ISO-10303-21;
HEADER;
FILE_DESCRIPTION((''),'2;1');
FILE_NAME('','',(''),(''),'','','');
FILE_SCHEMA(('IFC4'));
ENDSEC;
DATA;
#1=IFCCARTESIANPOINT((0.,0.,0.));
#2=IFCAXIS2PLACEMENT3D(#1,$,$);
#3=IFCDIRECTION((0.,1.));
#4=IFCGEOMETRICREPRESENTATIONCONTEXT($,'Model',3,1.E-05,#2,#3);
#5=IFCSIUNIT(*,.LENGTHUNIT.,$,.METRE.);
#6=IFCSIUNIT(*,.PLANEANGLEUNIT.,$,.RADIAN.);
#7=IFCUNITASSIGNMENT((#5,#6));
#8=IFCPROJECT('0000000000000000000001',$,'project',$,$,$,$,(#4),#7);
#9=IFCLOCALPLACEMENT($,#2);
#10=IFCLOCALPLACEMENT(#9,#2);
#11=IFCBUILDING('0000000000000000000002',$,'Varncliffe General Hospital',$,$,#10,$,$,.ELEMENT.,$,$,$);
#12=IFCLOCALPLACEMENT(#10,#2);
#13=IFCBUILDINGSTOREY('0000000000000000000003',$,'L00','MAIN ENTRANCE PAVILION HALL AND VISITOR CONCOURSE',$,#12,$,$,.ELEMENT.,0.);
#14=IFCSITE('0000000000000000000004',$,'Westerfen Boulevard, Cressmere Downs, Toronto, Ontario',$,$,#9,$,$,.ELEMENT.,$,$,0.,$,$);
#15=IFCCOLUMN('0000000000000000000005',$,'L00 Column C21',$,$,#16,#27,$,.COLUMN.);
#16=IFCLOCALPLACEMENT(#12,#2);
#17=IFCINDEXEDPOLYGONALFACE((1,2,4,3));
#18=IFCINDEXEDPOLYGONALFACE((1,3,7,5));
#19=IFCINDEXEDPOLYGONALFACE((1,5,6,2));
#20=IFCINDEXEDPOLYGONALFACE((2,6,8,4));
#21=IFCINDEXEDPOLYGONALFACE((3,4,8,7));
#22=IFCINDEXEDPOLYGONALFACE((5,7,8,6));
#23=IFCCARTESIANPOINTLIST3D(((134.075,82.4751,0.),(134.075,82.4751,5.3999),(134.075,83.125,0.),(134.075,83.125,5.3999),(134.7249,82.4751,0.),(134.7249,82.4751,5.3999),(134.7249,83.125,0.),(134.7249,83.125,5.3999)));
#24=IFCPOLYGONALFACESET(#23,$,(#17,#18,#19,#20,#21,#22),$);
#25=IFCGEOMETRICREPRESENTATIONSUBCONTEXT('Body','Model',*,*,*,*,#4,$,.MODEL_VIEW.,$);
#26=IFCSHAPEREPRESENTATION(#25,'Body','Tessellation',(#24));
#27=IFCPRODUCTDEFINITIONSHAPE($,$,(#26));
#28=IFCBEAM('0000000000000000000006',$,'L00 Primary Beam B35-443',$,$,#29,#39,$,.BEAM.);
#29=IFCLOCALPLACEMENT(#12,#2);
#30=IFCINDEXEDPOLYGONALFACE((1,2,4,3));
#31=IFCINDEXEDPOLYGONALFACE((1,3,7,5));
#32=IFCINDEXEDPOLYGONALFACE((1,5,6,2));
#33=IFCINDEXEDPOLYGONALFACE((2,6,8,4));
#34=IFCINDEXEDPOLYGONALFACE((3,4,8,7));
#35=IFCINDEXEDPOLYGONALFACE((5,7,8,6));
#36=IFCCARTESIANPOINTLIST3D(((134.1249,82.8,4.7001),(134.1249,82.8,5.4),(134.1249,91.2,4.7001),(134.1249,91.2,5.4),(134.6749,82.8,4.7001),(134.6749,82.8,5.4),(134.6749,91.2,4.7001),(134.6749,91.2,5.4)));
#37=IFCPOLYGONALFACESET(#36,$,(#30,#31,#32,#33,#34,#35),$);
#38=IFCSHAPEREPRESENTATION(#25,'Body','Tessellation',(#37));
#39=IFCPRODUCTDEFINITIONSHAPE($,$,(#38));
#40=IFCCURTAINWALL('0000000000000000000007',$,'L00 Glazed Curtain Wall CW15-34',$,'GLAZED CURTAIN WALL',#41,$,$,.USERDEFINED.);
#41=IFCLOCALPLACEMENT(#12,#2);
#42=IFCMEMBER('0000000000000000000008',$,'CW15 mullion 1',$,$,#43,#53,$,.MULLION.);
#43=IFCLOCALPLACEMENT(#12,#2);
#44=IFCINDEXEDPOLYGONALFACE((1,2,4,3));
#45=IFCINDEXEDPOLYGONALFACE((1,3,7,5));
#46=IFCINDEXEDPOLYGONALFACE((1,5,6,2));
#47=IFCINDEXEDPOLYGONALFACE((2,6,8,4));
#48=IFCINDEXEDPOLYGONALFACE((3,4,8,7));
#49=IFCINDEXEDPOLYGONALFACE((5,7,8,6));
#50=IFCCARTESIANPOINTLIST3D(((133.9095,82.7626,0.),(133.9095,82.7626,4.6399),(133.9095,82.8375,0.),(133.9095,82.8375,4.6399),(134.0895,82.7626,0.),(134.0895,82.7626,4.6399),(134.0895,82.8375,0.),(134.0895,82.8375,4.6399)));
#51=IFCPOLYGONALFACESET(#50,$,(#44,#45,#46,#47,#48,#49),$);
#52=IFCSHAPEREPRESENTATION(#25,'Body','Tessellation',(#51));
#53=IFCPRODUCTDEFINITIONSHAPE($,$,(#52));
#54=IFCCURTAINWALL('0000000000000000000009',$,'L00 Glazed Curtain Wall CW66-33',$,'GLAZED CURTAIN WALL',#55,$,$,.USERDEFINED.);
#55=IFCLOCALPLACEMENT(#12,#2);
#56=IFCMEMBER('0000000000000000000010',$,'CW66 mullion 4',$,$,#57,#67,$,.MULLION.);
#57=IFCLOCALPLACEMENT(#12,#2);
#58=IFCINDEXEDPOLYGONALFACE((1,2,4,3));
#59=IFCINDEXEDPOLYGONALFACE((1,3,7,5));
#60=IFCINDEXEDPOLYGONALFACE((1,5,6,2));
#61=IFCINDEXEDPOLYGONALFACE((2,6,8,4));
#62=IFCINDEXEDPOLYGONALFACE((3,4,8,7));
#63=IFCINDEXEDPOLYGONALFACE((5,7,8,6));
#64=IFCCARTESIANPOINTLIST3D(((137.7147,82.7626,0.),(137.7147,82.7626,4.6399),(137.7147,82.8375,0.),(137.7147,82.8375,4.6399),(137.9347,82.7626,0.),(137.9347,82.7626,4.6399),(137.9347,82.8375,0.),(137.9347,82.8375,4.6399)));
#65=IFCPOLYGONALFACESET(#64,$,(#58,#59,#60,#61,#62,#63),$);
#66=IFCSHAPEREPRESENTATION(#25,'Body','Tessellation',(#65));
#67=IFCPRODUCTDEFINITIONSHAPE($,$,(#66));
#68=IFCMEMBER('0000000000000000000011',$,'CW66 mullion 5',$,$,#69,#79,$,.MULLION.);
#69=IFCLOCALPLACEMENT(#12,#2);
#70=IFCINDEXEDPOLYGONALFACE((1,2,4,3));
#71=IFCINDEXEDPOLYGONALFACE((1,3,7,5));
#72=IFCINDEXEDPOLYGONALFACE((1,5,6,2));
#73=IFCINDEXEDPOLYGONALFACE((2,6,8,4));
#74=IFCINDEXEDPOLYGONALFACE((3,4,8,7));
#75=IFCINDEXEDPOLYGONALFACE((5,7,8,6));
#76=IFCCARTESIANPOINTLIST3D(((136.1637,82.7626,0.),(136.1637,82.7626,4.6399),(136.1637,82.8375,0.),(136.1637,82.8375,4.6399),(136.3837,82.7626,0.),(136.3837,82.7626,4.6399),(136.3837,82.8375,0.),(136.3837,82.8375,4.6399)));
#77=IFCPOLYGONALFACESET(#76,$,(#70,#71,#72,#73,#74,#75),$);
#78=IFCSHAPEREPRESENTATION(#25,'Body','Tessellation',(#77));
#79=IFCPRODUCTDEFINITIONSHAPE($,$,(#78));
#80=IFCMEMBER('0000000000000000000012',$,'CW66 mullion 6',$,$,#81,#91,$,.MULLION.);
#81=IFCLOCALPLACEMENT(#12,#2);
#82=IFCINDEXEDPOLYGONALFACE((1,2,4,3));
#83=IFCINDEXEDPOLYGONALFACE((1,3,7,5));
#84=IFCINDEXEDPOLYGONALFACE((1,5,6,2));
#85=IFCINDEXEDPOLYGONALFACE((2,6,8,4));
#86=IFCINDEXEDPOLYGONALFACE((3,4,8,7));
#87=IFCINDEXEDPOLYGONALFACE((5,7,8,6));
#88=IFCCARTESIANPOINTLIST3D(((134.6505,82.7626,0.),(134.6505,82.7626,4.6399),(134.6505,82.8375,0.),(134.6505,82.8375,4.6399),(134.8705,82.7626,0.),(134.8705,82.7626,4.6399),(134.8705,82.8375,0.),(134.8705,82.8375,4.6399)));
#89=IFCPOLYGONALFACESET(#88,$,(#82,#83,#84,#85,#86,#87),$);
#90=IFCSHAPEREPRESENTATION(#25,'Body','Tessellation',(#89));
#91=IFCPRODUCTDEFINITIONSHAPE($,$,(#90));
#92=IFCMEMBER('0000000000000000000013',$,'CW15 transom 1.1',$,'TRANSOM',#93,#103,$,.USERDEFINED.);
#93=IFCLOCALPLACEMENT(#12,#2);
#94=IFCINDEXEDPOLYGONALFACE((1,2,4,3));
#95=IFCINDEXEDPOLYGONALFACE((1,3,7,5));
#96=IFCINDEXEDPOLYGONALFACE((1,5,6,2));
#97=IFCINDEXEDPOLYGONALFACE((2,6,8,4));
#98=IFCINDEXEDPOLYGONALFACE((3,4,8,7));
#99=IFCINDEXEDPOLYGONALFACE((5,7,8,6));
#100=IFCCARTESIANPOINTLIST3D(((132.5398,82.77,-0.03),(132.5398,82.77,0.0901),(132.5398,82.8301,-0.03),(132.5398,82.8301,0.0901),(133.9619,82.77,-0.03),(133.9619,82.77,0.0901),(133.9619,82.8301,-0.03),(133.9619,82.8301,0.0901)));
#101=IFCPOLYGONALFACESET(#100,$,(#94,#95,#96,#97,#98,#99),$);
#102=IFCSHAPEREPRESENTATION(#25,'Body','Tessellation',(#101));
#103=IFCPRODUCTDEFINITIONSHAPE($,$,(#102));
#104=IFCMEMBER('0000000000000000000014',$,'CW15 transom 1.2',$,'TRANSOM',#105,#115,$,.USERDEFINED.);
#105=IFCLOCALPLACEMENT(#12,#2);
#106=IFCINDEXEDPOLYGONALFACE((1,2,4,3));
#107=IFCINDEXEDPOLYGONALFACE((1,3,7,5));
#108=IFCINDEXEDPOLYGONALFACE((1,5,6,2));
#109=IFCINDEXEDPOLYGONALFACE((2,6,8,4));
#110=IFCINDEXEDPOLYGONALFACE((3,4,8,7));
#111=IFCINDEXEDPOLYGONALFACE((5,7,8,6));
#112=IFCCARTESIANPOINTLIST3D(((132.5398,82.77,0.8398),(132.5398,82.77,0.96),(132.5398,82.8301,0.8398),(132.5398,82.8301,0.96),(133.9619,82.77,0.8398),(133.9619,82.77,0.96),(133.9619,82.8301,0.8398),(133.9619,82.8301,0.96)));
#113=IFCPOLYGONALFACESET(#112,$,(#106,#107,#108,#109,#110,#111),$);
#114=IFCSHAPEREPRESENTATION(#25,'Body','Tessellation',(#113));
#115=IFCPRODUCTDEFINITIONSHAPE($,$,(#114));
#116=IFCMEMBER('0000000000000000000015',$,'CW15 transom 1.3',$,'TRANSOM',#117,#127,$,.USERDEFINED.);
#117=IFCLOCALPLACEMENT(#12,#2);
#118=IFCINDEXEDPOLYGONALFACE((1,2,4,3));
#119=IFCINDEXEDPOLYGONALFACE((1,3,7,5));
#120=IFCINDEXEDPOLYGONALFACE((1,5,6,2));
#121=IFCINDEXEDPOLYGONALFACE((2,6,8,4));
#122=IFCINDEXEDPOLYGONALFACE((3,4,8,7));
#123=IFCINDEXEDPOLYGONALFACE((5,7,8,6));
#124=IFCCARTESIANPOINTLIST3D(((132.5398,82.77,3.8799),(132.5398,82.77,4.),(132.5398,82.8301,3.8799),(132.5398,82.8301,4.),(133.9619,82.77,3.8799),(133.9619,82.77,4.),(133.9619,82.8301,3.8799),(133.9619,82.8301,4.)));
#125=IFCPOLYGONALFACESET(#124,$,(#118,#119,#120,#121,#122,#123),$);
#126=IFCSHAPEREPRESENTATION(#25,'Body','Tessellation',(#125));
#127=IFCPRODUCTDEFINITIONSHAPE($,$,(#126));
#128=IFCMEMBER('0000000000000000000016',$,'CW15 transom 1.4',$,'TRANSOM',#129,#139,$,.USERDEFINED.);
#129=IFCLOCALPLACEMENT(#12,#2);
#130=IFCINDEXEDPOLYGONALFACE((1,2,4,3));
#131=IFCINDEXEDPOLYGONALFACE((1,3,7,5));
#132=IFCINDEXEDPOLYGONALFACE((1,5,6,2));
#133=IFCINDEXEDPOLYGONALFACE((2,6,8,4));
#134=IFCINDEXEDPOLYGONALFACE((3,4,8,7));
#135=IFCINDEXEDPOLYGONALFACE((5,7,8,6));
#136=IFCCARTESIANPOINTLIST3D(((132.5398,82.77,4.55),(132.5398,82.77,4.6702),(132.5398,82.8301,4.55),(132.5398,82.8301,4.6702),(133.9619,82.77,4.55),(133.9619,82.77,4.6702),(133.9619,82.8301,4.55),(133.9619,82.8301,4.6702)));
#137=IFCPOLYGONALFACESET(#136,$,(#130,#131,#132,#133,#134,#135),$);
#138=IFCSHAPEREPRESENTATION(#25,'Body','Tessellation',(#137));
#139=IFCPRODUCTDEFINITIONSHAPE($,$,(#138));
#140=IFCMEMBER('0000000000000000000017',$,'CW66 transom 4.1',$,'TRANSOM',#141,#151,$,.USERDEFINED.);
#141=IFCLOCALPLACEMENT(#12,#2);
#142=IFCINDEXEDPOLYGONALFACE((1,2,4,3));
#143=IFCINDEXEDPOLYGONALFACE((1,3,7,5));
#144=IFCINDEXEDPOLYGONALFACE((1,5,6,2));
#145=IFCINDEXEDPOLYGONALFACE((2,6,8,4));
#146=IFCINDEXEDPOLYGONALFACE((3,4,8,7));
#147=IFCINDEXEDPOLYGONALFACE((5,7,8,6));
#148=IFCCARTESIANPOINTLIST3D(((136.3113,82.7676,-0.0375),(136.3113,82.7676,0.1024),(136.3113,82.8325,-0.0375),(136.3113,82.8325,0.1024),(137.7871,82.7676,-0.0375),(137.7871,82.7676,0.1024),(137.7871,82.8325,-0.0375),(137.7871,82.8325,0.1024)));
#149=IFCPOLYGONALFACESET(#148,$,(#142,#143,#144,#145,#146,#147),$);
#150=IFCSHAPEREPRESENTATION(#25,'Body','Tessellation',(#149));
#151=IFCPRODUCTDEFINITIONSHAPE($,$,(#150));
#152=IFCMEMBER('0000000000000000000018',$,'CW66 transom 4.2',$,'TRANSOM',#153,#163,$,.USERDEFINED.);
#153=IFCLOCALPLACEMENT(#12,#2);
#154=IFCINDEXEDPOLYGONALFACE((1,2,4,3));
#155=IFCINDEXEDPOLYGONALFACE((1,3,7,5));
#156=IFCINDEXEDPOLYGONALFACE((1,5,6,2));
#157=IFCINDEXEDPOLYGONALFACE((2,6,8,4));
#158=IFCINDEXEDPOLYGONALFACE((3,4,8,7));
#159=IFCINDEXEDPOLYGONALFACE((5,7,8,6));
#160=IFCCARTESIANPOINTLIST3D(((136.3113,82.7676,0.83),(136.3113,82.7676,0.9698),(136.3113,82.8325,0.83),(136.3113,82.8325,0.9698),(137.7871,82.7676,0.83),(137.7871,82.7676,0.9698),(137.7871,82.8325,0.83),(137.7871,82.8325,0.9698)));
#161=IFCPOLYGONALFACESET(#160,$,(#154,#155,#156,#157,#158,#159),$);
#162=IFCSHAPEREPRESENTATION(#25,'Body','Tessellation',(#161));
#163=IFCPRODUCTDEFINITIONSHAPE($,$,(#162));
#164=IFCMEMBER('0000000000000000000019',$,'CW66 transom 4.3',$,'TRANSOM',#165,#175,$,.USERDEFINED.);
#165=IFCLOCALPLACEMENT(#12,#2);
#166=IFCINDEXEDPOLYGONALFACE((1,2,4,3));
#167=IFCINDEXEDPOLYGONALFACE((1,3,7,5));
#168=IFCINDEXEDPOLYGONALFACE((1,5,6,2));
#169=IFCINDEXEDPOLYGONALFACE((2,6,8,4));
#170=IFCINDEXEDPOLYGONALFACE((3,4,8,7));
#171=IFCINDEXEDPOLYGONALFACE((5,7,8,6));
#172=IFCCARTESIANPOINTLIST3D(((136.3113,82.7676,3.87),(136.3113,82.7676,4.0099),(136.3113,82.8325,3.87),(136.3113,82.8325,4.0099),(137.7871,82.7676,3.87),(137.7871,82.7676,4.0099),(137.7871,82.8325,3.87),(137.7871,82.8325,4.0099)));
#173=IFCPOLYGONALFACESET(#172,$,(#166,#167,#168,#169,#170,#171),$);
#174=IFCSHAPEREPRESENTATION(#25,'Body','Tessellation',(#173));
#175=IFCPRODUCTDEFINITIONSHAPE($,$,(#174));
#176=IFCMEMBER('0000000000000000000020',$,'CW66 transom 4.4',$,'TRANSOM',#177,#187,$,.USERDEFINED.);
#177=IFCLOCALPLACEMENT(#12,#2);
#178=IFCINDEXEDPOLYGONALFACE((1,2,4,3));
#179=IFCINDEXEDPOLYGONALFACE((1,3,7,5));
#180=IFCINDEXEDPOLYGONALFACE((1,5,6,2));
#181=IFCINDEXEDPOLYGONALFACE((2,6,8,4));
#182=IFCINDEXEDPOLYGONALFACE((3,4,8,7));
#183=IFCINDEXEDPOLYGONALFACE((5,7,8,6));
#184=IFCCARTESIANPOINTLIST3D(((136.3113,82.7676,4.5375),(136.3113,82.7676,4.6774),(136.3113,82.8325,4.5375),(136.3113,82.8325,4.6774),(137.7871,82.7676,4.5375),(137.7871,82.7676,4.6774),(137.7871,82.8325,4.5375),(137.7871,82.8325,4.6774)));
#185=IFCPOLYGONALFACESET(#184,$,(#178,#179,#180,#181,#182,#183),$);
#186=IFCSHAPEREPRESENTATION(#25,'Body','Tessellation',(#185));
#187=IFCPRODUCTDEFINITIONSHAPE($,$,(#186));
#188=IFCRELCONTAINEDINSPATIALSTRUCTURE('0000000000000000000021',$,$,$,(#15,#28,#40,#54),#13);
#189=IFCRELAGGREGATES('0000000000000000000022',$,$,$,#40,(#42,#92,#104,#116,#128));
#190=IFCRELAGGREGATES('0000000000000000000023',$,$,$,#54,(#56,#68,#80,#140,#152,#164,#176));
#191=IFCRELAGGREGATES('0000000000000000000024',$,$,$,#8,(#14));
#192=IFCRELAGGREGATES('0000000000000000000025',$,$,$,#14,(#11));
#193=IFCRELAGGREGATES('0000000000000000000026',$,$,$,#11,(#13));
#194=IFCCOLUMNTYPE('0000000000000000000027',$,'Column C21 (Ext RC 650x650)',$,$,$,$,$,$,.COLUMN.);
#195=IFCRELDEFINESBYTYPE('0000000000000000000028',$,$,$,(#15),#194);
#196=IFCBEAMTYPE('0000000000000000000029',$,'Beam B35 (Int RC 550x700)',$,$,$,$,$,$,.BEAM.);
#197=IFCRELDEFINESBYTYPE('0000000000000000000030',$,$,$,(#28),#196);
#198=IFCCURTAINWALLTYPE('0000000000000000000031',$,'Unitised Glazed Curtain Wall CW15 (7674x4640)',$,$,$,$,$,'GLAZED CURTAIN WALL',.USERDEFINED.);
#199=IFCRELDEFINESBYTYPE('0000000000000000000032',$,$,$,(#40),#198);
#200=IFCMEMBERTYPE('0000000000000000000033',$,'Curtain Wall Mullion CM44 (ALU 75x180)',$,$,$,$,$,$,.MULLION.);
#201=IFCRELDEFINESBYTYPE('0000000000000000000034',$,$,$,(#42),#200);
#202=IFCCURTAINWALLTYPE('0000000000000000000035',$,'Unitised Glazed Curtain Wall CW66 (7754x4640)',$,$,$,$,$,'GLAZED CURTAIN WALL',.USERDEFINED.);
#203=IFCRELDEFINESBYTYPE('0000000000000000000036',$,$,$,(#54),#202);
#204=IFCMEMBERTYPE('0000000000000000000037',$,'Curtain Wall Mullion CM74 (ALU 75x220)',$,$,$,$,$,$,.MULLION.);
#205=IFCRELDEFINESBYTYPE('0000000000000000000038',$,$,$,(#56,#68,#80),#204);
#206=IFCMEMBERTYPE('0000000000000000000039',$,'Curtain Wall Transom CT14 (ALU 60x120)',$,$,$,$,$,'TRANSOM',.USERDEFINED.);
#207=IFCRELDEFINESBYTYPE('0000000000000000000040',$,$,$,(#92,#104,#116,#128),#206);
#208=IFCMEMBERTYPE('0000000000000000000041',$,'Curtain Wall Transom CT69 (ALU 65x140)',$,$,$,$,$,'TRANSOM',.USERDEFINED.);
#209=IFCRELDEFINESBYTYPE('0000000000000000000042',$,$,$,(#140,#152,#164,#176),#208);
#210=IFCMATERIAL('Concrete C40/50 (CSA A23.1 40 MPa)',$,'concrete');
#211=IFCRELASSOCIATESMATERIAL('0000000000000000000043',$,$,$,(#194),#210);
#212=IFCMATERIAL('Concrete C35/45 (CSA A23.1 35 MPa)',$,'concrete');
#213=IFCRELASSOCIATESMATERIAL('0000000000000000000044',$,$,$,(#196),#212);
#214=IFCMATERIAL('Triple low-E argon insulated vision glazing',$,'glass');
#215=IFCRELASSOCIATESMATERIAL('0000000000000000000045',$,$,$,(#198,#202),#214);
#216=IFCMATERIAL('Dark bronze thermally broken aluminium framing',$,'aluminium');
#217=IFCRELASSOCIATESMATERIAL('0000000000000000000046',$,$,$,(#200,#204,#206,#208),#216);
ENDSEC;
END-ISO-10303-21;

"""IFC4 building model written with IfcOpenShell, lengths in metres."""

from ifc_helpers import new_model, si_unit, direction, frame, origin, origin_2d, place, context, subcontext, project, spatial, rectangle, extrude, material, material_profile, profile_set, type_object, element, aggregate, save


model = new_model("IFC4")

# Units and contexts
model_context = context("Model", 3, precision=1e-05, world=origin(), true_north=direction((0.0, 1.0)))
body_context = subcontext(model_context, "Body", "Model", "MODEL_VIEW")
ifc_project = project(units=[si_unit("LENGTHUNIT", "METRE"), si_unit("PLANEANGLEUNIT", "RADIAN")], contexts=[model_context])

# Site, building, storey
site_placement = place(None, origin())
site = spatial("IfcSite", under=ifc_project, at=site_placement, Name="Westerfen Boulevard, Cressmere Downs, Toronto, Ontario", CompositionType="ELEMENT", RefElevation=0.0)
building_placement = place(site_placement, origin())
building = spatial("IfcBuilding", under=site, at=building_placement, Name="Varncliffe General Hospital", CompositionType="ELEMENT")
storey_placement = place(building_placement, origin())
storey = spatial("IfcBuildingStorey", under=building, at=storey_placement, Name="L00", Description="MAIN ENTRANCE PAVILION HALL AND VISITOR CONCOURSE", CompositionType="ELEMENT", Elevation=0.0)

# Column
ifc_material_1 = material(Name="Concrete C40/50 (CSA A23.1 40 MPa)", Category="concrete")
ifc_material_profile_1 = material_profile(ifc_material_1, rectangle(XDim=0.6499, YDim=0.6499, at=origin_2d()), Name="RC 650x650")
ifc_profile_set_1 = profile_set([ifc_material_profile_1], Name="Concrete C40/50 (CSA A23.1 40 MPa)")
column_type = type_object("IfcColumnType", Name="Column C21 (Ext RC 650x650)", PredefinedType="COLUMN", material=ifc_profile_set_1)
column_placement = place(storey_placement, frame((134.3999, 82.8, 0.0), z_axis=(0.0, 0.0, 1.0), x_axis=(1.0, 0.0, 0.0)))
element("IfcColumn", 1, at=column_placement, inside=storey, type_object=column_type, Name="L00 Column C21", PredefinedType="COLUMN", context=body_context, shape_type="SweptSolid", body=[
    extrude(rectangle(XDim=0.6499, YDim=0.6499, at=origin_2d()), origin(), (0.0, 0.0, 1.0), 5.3999),
])

# Beam
ifc_material_2 = material(Name="Concrete C35/45 (CSA A23.1 35 MPa)", Category="concrete")
ifc_material_profile_2 = material_profile(ifc_material_2, rectangle(XDim=0.55, YDim=0.7, at=origin_2d()), Name="RC 550x700")
ifc_profile_set_2 = profile_set([ifc_material_profile_2], Name="Concrete C35/45 (CSA A23.1 35 MPa)")
beam_type_1 = type_object("IfcBeamType", Name="Beam B35 (Int RC 550x700)", PredefinedType="BEAM", material=ifc_profile_set_2)
beam_1_placement = place(storey_placement, frame((134.3999, 82.8, 5.05), z_axis=(0.0, 1.0, 0.0), x_axis=(-1.0, 0.0, 0.0)))
element("IfcBeam", 2, at=beam_1_placement, inside=storey, type_object=beam_type_1, Name="L00 Primary Beam B35-443", PredefinedType="BEAM", context=body_context, shape_type="SweptSolid", body=[
    extrude(rectangle(XDim=0.55, YDim=0.7, at=origin_2d()), origin(), (0.0, 0.0, 1.0), 8.3999),
])

# Curtain wall, member
ifc_material_3 = material(Name="Triple low-E argon insulated vision glazing", Category="glass")
curtain_wall_type_1 = type_object("IfcCurtainWallType", Name="Unitised Glazed Curtain Wall CW15 (7674x4640)", ElementType="GLAZED CURTAIN WALL", PredefinedType="USERDEFINED", material=ifc_material_3)
curtain_wall_1_placement = place(storey_placement, origin())
curtain_wall_1 = element("IfcCurtainWall", 3, at=curtain_wall_1_placement, inside=storey, type_object=curtain_wall_type_1, Name="L00 Glazed Curtain Wall CW15-34", ObjectType="GLAZED CURTAIN WALL", PredefinedType="USERDEFINED")
ifc_material_4 = material(Name="Dark bronze thermally broken aluminium framing", Category="aluminium")
ifc_material_profile_3 = material_profile(ifc_material_4, rectangle(XDim=0.075, YDim=0.1799, at=origin_2d()), Name="ALU 75x180")
ifc_profile_set_3 = profile_set([ifc_material_profile_3], Name="Dark bronze thermally broken aluminium framing")
member_type_1 = type_object("IfcMemberType", Name="Curtain Wall Mullion CM44 (ALU 75x180)", PredefinedType="MULLION", material=ifc_profile_set_3)
member_1_placement = place(storey_placement, frame((133.9995, 82.8, 0.0), z_axis=(0.0, 0.0, 1.0), x_axis=(0.0, -1.0, 0.0)))
member_1 = element("IfcMember", 4, at=member_1_placement, type_object=member_type_1, Name="CW15 mullion 1", PredefinedType="MULLION", context=body_context, shape_type="SweptSolid", body=[
    extrude(rectangle(XDim=0.075, YDim=0.1799, at=origin_2d()), origin(), (0.0, 0.0, 1.0), 4.6399),
])

# Curtain wall, members
curtain_wall_type_2 = type_object("IfcCurtainWallType", Name="Unitised Glazed Curtain Wall CW66 (7754x4640)", ElementType="GLAZED CURTAIN WALL", PredefinedType="USERDEFINED", material=ifc_material_3)
curtain_wall_2_placement = place(storey_placement, origin())
curtain_wall_2 = element("IfcCurtainWall", 5, at=curtain_wall_2_placement, inside=storey, type_object=curtain_wall_type_2, Name="L00 Glazed Curtain Wall CW66-33", ObjectType="GLAZED CURTAIN WALL", PredefinedType="USERDEFINED")
ifc_material_profile_4 = material_profile(ifc_material_4, rectangle(XDim=0.075, YDim=0.22, at=origin_2d()), Name="ALU 75x220")
ifc_profile_set_4 = profile_set([ifc_material_profile_4], Name="Dark bronze thermally broken aluminium framing")
member_type_2 = type_object("IfcMemberType", Name="Curtain Wall Mullion CM74 (ALU 75x220)", PredefinedType="MULLION", material=ifc_profile_set_4)
member_2_placement = place(storey_placement, frame((137.8247, 82.8, 0.0), z_axis=(0.0, 0.0, 1.0), x_axis=(0.0, -1.0, 0.0)))
member_2 = element("IfcMember", 6, at=member_2_placement, type_object=member_type_2, Name="CW66 mullion 4", PredefinedType="MULLION", context=body_context, shape_type="SweptSolid", body=[
    extrude(rectangle(XDim=0.075, YDim=0.22, at=origin_2d()), origin(), (0.0, 0.0, 1.0), 4.6399),
])
member_3_placement = place(storey_placement, frame((136.2737, 82.8, 0.0), z_axis=(0.0, 0.0, 1.0), x_axis=(0.0, -1.0, 0.0)))
member_3 = element("IfcMember", 7, at=member_3_placement, type_object=member_type_2, Name="CW66 mullion 5", PredefinedType="MULLION", context=body_context, shape_type="SweptSolid", body=[
    extrude(rectangle(XDim=0.075, YDim=0.22, at=origin_2d()), origin(), (0.0, 0.0, 1.0), 4.6399),
])
member_4_placement = place(storey_placement, frame((134.7605, 82.8, 0.0), z_axis=(0.0, 0.0, 1.0), x_axis=(0.0, -1.0, 0.0)))
member_4 = element("IfcMember", 8, at=member_4_placement, type_object=member_type_2, Name="CW66 mullion 6", PredefinedType="MULLION", context=body_context, shape_type="SweptSolid", body=[
    extrude(rectangle(XDim=0.075, YDim=0.22, at=origin_2d()), origin(), (0.0, 0.0, 1.0), 4.6399),
])

# Members
ifc_material_profile_5 = material_profile(ifc_material_4, rectangle(XDim=0.0601, YDim=0.1201, at=origin_2d()), Name="ALU 60x120")
ifc_profile_set_5 = profile_set([ifc_material_profile_5], Name="Dark bronze thermally broken aluminium framing")
member_type_3 = type_object("IfcMemberType", Name="Curtain Wall Transom CT14 (ALU 60x120)", ElementType="TRANSOM", PredefinedType="USERDEFINED", material=ifc_profile_set_5)
member_5_placement = place(storey_placement, frame((133.9619, 82.8, 0.03), z_axis=(-1.0, 0.0, 0.0), x_axis=(0.0, -1.0, 0.0)))
member_5 = element("IfcMember", 9, at=member_5_placement, type_object=member_type_3, Name="CW15 transom 1.1", ObjectType="TRANSOM", PredefinedType="USERDEFINED", context=body_context, shape_type="SweptSolid", body=[
    extrude(rectangle(XDim=0.0601, YDim=0.1201, at=origin_2d()), origin(), (0.0, 0.0, 1.0), 1.4221),
])
member_6_placement = place(storey_placement, frame((133.9619, 82.8, 0.8999), z_axis=(-1.0, 0.0, 0.0), x_axis=(0.0, -1.0, 0.0)))
member_6 = element("IfcMember", 10, at=member_6_placement, type_object=member_type_3, Name="CW15 transom 1.2", ObjectType="TRANSOM", PredefinedType="USERDEFINED", context=body_context, shape_type="SweptSolid", body=[
    extrude(rectangle(XDim=0.0601, YDim=0.1201, at=origin_2d()), origin(), (0.0, 0.0, 1.0), 1.4221),
])
member_7_placement = place(storey_placement, frame((133.9619, 82.8, 3.9399), z_axis=(-1.0, 0.0, 0.0), x_axis=(0.0, -1.0, 0.0)))
member_7 = element("IfcMember", 11, at=member_7_placement, type_object=member_type_3, Name="CW15 transom 1.3", ObjectType="TRANSOM", PredefinedType="USERDEFINED", context=body_context, shape_type="SweptSolid", body=[
    extrude(rectangle(XDim=0.0601, YDim=0.1201, at=origin_2d()), origin(), (0.0, 0.0, 1.0), 1.4221),
])
member_8_placement = place(storey_placement, frame((133.9619, 82.8, 4.6101), z_axis=(-1.0, 0.0, 0.0), x_axis=(0.0, -1.0, 0.0)))
member_8 = element("IfcMember", 12, at=member_8_placement, type_object=member_type_3, Name="CW15 transom 1.4", ObjectType="TRANSOM", PredefinedType="USERDEFINED", context=body_context, shape_type="SweptSolid", body=[
    extrude(rectangle(XDim=0.0601, YDim=0.1201, at=origin_2d()), origin(), (0.0, 0.0, 1.0), 1.4221),
])
aggregate(curtain_wall_1, [member_1, member_5, member_6, member_7, member_8])
ifc_material_profile_6 = material_profile(ifc_material_4, rectangle(XDim=0.0649, YDim=0.1399, at=origin_2d()), Name="ALU 65x140")
ifc_profile_set_6 = profile_set([ifc_material_profile_6], Name="Dark bronze thermally broken aluminium framing")
member_type_4 = type_object("IfcMemberType", Name="Curtain Wall Transom CT69 (ALU 65x140)", ElementType="TRANSOM", PredefinedType="USERDEFINED", material=ifc_profile_set_6)
member_9_placement = place(storey_placement, frame((137.7871, 82.8, 0.0325), z_axis=(-1.0, 0.0, 0.0), x_axis=(0.0, -1.0, 0.0)))
member_9 = element("IfcMember", 13, at=member_9_placement, type_object=member_type_4, Name="CW66 transom 4.1", ObjectType="TRANSOM", PredefinedType="USERDEFINED", context=body_context, shape_type="SweptSolid", body=[
    extrude(rectangle(XDim=0.0649, YDim=0.1399, at=origin_2d()), origin(), (0.0, 0.0, 1.0), 1.4758),
])
member_10_placement = place(storey_placement, frame((137.7871, 82.8, 0.8999), z_axis=(-1.0, 0.0, 0.0), x_axis=(0.0, -1.0, 0.0)))
member_10 = element("IfcMember", 14, at=member_10_placement, type_object=member_type_4, Name="CW66 transom 4.2", ObjectType="TRANSOM", PredefinedType="USERDEFINED", context=body_context, shape_type="SweptSolid", body=[
    extrude(rectangle(XDim=0.0649, YDim=0.1399, at=origin_2d()), origin(), (0.0, 0.0, 1.0), 1.4758),
])
member_11_placement = place(storey_placement, frame((137.7871, 82.8, 3.9399), z_axis=(-1.0, 0.0, 0.0), x_axis=(0.0, -1.0, 0.0)))
member_11 = element("IfcMember", 15, at=member_11_placement, type_object=member_type_4, Name="CW66 transom 4.3", ObjectType="TRANSOM", PredefinedType="USERDEFINED", context=body_context, shape_type="SweptSolid", body=[
    extrude(rectangle(XDim=0.0649, YDim=0.1399, at=origin_2d()), origin(), (0.0, 0.0, 1.0), 1.4758),
])
member_12_placement = place(storey_placement, frame((137.7871, 82.8, 4.6074), z_axis=(-1.0, 0.0, 0.0), x_axis=(0.0, -1.0, 0.0)))
member_12 = element("IfcMember", 16, at=member_12_placement, type_object=member_type_4, Name="CW66 transom 4.4", ObjectType="TRANSOM", PredefinedType="USERDEFINED", context=body_context, shape_type="SweptSolid", body=[
    extrude(rectangle(XDim=0.0649, YDim=0.1399, at=origin_2d()), origin(), (0.0, 0.0, 1.0), 1.4758),
])

aggregate(curtain_wall_2, [member_2, member_3, member_4, member_9, member_10, member_11, member_12])

save(model, "model.ifc")
